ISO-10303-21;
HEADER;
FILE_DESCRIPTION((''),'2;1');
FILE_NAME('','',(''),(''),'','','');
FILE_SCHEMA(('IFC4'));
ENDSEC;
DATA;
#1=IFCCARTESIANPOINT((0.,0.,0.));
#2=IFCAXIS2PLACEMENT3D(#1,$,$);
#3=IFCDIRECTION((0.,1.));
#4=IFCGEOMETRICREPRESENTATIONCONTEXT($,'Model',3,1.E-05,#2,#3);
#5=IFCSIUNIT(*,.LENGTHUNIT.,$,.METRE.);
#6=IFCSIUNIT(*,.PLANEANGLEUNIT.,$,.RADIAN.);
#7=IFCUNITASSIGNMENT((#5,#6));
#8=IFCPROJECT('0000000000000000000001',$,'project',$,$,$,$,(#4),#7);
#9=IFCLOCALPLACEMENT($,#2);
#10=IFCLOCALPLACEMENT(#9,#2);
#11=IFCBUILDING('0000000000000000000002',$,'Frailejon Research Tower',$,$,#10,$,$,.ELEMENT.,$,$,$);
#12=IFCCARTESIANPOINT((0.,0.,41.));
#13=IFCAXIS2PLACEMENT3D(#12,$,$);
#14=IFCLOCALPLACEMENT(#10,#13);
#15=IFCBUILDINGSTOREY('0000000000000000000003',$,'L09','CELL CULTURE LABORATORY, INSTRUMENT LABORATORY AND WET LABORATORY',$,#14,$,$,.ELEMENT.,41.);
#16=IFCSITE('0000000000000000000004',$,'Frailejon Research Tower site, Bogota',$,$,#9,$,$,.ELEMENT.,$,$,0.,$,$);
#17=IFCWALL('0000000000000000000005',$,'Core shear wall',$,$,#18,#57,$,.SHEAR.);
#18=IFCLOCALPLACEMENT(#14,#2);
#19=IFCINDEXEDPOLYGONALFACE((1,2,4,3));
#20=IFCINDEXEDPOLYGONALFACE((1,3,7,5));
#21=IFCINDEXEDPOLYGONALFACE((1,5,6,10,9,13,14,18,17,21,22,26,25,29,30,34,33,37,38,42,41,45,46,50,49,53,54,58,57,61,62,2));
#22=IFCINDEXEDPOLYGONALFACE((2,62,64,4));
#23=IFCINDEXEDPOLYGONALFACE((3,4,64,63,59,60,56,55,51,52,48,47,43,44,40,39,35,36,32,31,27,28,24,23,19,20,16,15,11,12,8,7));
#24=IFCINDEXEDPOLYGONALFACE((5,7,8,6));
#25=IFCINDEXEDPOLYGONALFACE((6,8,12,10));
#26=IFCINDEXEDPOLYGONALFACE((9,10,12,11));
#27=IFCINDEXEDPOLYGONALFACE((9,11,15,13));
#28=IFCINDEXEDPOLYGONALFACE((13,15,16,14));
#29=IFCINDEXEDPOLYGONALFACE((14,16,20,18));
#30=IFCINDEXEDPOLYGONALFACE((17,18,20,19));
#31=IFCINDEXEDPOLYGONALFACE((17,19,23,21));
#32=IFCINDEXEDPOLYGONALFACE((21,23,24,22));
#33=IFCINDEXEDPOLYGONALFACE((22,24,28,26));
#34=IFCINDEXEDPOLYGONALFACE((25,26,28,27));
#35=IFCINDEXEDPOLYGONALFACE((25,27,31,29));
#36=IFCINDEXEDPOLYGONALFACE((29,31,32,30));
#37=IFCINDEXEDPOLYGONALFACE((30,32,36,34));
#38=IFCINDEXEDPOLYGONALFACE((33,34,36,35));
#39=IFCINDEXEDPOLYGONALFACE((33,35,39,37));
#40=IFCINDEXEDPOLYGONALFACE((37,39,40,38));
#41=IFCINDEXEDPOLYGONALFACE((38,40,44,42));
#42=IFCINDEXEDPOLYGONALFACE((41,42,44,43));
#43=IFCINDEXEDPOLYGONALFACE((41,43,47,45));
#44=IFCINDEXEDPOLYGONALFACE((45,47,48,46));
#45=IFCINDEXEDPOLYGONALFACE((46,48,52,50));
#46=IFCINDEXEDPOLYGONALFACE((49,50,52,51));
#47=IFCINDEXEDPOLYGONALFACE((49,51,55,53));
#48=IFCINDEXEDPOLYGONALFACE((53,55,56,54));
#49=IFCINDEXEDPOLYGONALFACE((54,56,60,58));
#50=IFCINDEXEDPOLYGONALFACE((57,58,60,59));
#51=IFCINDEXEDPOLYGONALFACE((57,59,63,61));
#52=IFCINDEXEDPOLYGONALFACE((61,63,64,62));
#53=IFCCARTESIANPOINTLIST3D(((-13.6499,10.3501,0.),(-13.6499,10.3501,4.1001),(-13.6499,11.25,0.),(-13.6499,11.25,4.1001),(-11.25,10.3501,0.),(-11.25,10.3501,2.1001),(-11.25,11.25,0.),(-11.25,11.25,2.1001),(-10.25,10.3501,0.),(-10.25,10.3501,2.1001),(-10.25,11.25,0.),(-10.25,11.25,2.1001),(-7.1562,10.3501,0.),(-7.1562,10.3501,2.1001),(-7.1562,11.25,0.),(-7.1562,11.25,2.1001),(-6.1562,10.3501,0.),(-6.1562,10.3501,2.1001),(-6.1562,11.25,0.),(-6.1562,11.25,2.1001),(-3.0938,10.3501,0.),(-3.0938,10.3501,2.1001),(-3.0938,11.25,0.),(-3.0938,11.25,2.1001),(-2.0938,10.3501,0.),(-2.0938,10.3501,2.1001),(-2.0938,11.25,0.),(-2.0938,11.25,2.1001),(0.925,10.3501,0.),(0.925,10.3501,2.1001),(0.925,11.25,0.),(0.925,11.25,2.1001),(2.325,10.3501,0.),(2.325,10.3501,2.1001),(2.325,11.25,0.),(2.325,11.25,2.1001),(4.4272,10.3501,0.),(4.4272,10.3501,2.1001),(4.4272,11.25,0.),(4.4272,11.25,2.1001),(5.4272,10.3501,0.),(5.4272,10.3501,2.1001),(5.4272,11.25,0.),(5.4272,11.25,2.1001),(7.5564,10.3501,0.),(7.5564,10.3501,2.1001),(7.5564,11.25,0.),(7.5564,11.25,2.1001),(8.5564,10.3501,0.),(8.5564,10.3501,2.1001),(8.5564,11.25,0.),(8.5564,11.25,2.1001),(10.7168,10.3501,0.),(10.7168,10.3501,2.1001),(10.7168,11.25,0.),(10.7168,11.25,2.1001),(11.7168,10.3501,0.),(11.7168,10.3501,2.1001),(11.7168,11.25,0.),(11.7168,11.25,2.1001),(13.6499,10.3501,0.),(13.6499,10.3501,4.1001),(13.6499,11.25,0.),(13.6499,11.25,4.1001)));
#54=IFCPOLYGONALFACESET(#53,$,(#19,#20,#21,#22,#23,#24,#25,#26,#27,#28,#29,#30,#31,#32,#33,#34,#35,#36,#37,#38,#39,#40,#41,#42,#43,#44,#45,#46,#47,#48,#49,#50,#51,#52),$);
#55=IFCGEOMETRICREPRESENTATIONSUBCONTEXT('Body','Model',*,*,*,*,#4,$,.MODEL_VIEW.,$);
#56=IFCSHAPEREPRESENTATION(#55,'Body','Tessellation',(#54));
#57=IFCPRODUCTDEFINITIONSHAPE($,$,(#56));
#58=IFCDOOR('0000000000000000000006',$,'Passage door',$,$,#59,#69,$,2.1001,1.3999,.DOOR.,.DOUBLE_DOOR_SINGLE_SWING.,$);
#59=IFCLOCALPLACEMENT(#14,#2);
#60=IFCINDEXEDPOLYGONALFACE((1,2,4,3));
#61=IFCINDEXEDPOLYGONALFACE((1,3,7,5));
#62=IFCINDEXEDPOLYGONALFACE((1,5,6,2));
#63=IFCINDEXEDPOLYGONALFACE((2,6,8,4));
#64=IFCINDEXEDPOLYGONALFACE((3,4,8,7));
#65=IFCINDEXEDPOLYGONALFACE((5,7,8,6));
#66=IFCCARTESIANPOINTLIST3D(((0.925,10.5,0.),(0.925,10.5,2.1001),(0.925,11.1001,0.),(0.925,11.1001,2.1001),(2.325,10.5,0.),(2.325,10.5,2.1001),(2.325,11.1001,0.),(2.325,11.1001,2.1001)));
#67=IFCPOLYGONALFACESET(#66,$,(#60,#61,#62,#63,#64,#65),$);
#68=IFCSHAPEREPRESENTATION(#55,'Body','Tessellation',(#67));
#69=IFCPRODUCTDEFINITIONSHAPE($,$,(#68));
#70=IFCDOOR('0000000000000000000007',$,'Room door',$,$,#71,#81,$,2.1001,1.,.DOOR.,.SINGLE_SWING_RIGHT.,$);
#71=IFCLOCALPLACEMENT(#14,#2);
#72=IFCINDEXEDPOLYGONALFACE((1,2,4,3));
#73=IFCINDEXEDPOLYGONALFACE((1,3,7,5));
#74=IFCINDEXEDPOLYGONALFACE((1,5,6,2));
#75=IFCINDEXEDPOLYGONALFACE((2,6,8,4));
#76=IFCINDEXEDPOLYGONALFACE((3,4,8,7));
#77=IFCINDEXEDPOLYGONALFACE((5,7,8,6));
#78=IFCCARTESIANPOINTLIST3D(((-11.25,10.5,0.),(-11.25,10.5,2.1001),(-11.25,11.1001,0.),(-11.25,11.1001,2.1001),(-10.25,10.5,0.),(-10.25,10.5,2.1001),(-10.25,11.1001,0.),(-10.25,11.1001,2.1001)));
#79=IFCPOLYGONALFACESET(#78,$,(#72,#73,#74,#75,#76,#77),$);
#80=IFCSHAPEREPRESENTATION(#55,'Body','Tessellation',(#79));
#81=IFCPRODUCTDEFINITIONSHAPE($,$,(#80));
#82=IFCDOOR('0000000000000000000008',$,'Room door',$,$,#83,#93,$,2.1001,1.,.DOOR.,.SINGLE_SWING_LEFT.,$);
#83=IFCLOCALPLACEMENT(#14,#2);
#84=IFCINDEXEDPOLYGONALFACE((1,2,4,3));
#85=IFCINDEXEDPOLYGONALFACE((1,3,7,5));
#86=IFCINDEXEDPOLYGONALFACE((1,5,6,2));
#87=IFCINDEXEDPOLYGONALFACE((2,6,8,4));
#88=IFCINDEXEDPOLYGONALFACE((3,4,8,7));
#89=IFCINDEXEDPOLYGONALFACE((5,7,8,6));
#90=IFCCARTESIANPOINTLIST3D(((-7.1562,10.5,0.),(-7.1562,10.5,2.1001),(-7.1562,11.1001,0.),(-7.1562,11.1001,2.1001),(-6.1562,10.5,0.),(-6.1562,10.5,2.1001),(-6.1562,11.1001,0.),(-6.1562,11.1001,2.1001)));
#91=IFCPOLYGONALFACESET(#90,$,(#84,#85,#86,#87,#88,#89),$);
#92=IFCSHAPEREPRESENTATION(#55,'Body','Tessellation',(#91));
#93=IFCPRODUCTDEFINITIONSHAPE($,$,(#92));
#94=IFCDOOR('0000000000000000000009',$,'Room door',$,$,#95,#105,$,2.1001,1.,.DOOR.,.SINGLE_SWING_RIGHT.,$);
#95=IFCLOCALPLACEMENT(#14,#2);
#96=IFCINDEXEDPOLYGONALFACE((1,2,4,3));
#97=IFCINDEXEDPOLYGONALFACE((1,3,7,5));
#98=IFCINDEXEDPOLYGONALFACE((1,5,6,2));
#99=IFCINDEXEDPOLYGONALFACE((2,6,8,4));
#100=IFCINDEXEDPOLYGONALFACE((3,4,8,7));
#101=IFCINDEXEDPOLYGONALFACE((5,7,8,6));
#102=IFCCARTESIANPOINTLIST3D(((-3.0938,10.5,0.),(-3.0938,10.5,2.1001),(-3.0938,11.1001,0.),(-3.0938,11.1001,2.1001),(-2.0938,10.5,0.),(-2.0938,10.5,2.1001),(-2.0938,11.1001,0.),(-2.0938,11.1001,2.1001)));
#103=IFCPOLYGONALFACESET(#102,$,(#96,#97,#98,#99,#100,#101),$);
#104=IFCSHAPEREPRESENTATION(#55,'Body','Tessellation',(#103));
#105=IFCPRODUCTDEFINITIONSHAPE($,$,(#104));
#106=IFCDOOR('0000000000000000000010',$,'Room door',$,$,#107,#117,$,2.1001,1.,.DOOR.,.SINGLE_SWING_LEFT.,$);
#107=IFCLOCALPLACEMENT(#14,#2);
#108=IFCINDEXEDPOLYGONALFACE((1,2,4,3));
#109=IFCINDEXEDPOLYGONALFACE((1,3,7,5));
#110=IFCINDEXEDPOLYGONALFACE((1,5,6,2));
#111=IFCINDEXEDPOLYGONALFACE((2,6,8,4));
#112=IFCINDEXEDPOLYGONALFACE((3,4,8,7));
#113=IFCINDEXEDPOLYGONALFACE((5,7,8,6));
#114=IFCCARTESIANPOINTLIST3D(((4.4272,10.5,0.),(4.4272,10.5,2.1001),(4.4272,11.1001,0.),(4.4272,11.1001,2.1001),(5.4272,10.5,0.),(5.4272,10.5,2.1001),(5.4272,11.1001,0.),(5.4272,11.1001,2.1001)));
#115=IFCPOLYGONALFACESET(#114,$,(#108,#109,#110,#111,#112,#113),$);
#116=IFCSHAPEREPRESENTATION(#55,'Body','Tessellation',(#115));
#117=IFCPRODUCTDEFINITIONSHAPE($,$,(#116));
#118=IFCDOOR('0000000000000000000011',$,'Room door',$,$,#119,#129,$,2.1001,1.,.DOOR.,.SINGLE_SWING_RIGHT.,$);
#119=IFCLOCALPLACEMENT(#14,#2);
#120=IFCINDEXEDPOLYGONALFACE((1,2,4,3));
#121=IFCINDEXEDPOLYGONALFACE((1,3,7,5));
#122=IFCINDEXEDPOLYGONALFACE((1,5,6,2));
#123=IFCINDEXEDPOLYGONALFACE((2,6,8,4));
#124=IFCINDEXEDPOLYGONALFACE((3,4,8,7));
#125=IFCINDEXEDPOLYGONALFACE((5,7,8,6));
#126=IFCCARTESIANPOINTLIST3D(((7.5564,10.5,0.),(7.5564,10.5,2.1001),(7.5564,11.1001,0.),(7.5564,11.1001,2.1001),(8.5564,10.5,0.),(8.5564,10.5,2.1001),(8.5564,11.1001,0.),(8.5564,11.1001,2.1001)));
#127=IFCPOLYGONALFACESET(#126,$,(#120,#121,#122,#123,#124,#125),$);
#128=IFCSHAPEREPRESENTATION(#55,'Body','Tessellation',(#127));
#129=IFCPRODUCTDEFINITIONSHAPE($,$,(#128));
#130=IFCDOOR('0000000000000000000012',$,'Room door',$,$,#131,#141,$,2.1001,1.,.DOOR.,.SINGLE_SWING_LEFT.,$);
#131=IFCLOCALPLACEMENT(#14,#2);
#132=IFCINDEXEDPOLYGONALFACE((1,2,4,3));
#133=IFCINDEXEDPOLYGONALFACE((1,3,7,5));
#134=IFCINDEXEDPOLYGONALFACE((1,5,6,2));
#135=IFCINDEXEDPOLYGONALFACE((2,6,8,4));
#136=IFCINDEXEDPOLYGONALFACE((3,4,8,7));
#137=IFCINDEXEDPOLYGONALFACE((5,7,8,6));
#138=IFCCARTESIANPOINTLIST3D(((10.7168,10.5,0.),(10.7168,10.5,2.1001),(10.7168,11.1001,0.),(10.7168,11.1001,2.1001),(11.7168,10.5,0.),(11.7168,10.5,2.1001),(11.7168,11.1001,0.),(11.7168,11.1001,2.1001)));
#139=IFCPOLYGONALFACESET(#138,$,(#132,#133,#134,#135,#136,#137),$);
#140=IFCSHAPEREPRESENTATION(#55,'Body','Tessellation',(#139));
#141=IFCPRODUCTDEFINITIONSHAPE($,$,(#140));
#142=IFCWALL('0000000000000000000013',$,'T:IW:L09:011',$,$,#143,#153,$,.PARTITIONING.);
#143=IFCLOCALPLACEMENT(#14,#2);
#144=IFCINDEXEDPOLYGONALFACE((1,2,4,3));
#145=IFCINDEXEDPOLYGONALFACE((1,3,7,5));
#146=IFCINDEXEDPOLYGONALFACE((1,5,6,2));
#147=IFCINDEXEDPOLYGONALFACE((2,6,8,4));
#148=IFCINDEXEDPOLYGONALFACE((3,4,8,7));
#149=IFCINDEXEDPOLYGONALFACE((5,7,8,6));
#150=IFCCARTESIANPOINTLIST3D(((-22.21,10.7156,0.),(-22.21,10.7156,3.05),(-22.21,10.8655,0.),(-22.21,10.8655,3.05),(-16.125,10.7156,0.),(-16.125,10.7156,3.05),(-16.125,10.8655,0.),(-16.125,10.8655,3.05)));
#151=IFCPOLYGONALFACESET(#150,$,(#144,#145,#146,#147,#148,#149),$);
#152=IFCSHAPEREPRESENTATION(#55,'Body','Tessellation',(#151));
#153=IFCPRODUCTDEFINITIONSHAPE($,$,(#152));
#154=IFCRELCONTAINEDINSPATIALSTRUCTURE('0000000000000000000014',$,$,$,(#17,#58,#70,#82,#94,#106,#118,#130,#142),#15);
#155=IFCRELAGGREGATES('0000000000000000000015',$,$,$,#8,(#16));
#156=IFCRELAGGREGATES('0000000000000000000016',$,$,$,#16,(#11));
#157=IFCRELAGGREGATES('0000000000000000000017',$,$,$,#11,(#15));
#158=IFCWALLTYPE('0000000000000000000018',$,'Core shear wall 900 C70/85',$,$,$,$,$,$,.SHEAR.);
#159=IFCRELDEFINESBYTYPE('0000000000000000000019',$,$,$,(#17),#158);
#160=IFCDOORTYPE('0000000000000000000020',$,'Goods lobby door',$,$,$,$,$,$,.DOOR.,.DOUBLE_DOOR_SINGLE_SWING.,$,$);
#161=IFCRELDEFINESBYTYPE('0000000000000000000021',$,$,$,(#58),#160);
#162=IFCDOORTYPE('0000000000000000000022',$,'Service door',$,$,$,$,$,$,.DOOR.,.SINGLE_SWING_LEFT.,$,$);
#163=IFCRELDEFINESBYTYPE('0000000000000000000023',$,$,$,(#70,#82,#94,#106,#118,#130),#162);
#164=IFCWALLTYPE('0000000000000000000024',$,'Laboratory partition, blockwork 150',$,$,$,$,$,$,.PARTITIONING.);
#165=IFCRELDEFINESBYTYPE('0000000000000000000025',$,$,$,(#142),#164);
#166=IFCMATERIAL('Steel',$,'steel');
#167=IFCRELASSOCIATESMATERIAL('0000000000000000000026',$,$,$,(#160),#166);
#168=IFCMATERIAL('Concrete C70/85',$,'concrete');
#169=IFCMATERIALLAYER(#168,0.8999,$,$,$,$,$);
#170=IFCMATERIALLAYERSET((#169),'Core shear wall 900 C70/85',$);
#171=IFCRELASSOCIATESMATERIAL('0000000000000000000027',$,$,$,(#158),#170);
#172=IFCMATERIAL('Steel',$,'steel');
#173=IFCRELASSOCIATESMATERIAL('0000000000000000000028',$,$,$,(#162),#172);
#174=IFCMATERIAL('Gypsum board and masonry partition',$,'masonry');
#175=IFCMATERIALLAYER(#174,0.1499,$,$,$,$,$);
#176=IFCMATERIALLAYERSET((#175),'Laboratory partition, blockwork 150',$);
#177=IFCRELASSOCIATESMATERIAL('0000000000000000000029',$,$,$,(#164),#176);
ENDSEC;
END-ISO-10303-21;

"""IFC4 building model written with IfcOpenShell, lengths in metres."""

from ifc_helpers import new_model, si_unit, direction, frame, frame_2d, origin, place, context, subcontext, project, spatial, rectangle, extrude, material, layer, layer_set, type_object, element, fill, save


model = new_model("IFC4")

# Units and contexts
model_context = context("Model", 3, precision=1e-05, world=origin(), true_north=direction((0.0, 1.0)))
body_context = subcontext(model_context, "Body", "Model", "MODEL_VIEW")
ifc_project = project(units=[si_unit("LENGTHUNIT", "METRE"), si_unit("PLANEANGLEUNIT", "RADIAN")], contexts=[model_context])

# Site, building, storey
site_placement = place(None, origin())
site = spatial("IfcSite", under=ifc_project, at=site_placement, Name="Frailejon Research Tower site, Bogota", CompositionType="ELEMENT", RefElevation=0.0)
building_placement = place(site_placement, origin())
building = spatial("IfcBuilding", under=site, at=building_placement, Name="Frailejon Research Tower", CompositionType="ELEMENT")
storey_placement = place(building_placement, frame((0.0, 0.0, 41.0)))
storey = spatial("IfcBuildingStorey", under=building, at=storey_placement, Name="L09", Description="CELL CULTURE LABORATORY, INSTRUMENT LABORATORY AND WET LABORATORY", CompositionType="ELEMENT", Elevation=41.0)

# Shared definitions
ifc_material_1 = material(Name="Steel", Category="steel")
door_type_1 = type_object("IfcDoorType", Name="Goods lobby door", OperationType="DOUBLE_DOOR_SINGLE_SWING", PredefinedType="DOOR", material=ifc_material_1)

# Wall, openings, doors
ifc_material_2 = material(Name="Concrete C70/85", Category="concrete")
ifc_layer_1 = layer(ifc_material_2, 0.8999)
ifc_layer_set_1 = layer_set([ifc_layer_1], Name="Core shear wall 900 C70/85")
wall_type_1 = type_object("IfcWallType", Name="Core shear wall 900 C70/85", PredefinedType="SHEAR", material=ifc_layer_set_1)
wall_1_placement = place(storey_placement, frame((-13.6499, 10.8, 0.0), z_axis=(0.0, 0.0, 1.0), x_axis=(1.0, 0.0, 0.0)))
wall_1 = element("IfcWall", 1, at=wall_1_placement, inside=storey, type_object=wall_type_1, Name="Core shear wall", PredefinedType="SHEAR", context=body_context, shape_type="SweptSolid", body=[
    extrude(rectangle(XDim=27.2998, YDim=0.8999, at=frame_2d((13.6499, 0.0))), origin(), (0.0, 0.0, 1.0), 4.1001),
])
opening_1_placement = place(wall_1_placement, frame((2.3999, 0.0, 0.0)))
opening_1 = element("IfcOpeningElement", 2, at=opening_1_placement, cuts=wall_1, PredefinedType="OPENING", context=body_context, shape_type="SweptSolid", body=[
    extrude(rectangle(XDim=1.0, YDim=2.1001, at=frame_2d((0.5, 1.05))), frame((0.0, 0.46, 0.0), z_axis=(0.0, -1.0, 0.0), x_axis=(1.0, 0.0, 0.0)), (0.0, 0.0, 1.0), 0.9199),
])
opening_2_placement = place(wall_1_placement, frame((6.4937, 0.0, 0.0)))
opening_2 = element("IfcOpeningElement", 3, at=opening_2_placement, cuts=wall_1, PredefinedType="OPENING", context=body_context, shape_type="SweptSolid", body=[
    extrude(rectangle(XDim=1.0, YDim=2.1001, at=frame_2d((0.5, 1.05))), frame((0.0, 0.46, 0.0), z_axis=(0.0, -1.0, 0.0), x_axis=(1.0, 0.0, 0.0)), (0.0, 0.0, 1.0), 0.9199),
])
opening_3_placement = place(wall_1_placement, frame((10.5562, 0.0, 0.0)))
opening_3 = element("IfcOpeningElement", 4, at=opening_3_placement, cuts=wall_1, PredefinedType="OPENING", context=body_context, shape_type="SweptSolid", body=[
    extrude(rectangle(XDim=1.0, YDim=2.1001, at=frame_2d((0.5, 1.05))), frame((0.0, 0.46, 0.0), z_axis=(0.0, -1.0, 0.0), x_axis=(1.0, 0.0, 0.0)), (0.0, 0.0, 1.0), 0.9199),
])
opening_4_placement = place(wall_1_placement, frame((18.0771, 0.0, 0.0)))
opening_4 = element("IfcOpeningElement", 5, at=opening_4_placement, cuts=wall_1, PredefinedType="OPENING", context=body_context, shape_type="SweptSolid", body=[
    extrude(rectangle(XDim=1.0, YDim=2.1001, at=frame_2d((0.5, 1.05))), frame((0.0, 0.46, 0.0), z_axis=(0.0, -1.0, 0.0), x_axis=(1.0, 0.0, 0.0)), (0.0, 0.0, 1.0), 0.9199),
])
opening_5_placement = place(wall_1_placement, frame((21.2063, 0.0, 0.0)))
opening_5 = element("IfcOpeningElement", 6, at=opening_5_placement, cuts=wall_1, PredefinedType="OPENING", context=body_context, shape_type="SweptSolid", body=[
    extrude(rectangle(XDim=1.0, YDim=2.1001, at=frame_2d((0.5, 1.05))), frame((0.0, 0.46, 0.0), z_axis=(0.0, -1.0, 0.0), x_axis=(1.0, 0.0, 0.0)), (0.0, 0.0, 1.0), 0.9199),
])
opening_6_placement = place(wall_1_placement, frame((24.3667, 0.0, 0.0)))
opening_6 = element("IfcOpeningElement", 7, at=opening_6_placement, cuts=wall_1, PredefinedType="OPENING", context=body_context, shape_type="SweptSolid", body=[
    extrude(rectangle(XDim=1.0, YDim=2.1001, at=frame_2d((0.5, 1.05))), frame((0.0, 0.46, 0.0), z_axis=(0.0, -1.0, 0.0), x_axis=(1.0, 0.0, 0.0)), (0.0, 0.0, 1.0), 0.9199),
])
opening_7_placement = place(wall_1_placement, frame((14.575, 0.0, 0.0)))
opening_7 = element("IfcOpeningElement", 8, at=opening_7_placement, cuts=wall_1, PredefinedType="OPENING", context=body_context, shape_type="SweptSolid", body=[
    extrude(rectangle(XDim=1.3999, YDim=2.1001, at=frame_2d((0.7, 1.05))), frame((0.0, 0.46, 0.0), z_axis=(0.0, -1.0, 0.0), x_axis=(1.0, 0.0, 0.0)), (0.0, 0.0, 1.0), 0.9199),
])
door_1_placement = place(opening_7_placement, origin())
door_1 = element("IfcDoor", 9, at=door_1_placement, inside=storey, type_object=door_type_1, Name="Passage door", OperationType="DOUBLE_DOOR_SINGLE_SWING", OverallHeight=2.1001, OverallWidth=1.3999, PredefinedType="DOOR", context=body_context, shape_type="SweptSolid", body=[
    extrude(rectangle(XDim=1.3999, YDim=2.1001, at=frame_2d((0.7, 1.05))), frame((0.0, 0.3, 0.0), z_axis=(0.0, -1.0, 0.0), x_axis=(1.0, 0.0, 0.0)), (0.0, 0.0, 1.0), 0.6001),
])
fill(opening_7, door_1)
ifc_material_3 = material(Name="Steel", Category="steel")
door_type_2 = type_object("IfcDoorType", Name="Service door", OperationType="SINGLE_SWING_LEFT", PredefinedType="DOOR", material=ifc_material_3)
door_2_placement = place(opening_1_placement, origin())
door_2 = element("IfcDoor", 10, at=door_2_placement, inside=storey, type_object=door_type_2, Name="Room door", OperationType="SINGLE_SWING_RIGHT", OverallHeight=2.1001, OverallWidth=1.0, PredefinedType="DOOR", context=body_context, shape_type="SweptSolid", body=[
    extrude(rectangle(XDim=1.0, YDim=2.1001, at=frame_2d((0.5, 1.05))), frame((0.0, 0.3, 0.0), z_axis=(0.0, -1.0, 0.0), x_axis=(1.0, 0.0, 0.0)), (0.0, 0.0, 1.0), 0.6001),
])
fill(opening_1, door_2)
door_3_placement = place(opening_2_placement, origin())
door_3 = element("IfcDoor", 11, at=door_3_placement, inside=storey, type_object=door_type_2, Name="Room door", OperationType="SINGLE_SWING_LEFT", OverallHeight=2.1001, OverallWidth=1.0, PredefinedType="DOOR", context=body_context, shape_type="SweptSolid", body=[
    extrude(rectangle(XDim=1.0, YDim=2.1001, at=frame_2d((0.5, 1.05))), frame((0.0, 0.3, 0.0), z_axis=(0.0, -1.0, 0.0), x_axis=(1.0, 0.0, 0.0)), (0.0, 0.0, 1.0), 0.6001),
])
fill(opening_2, door_3)
door_4_placement = place(opening_3_placement, origin())
door_4 = element("IfcDoor", 12, at=door_4_placement, inside=storey, type_object=door_type_2, Name="Room door", OperationType="SINGLE_SWING_RIGHT", OverallHeight=2.1001, OverallWidth=1.0, PredefinedType="DOOR", context=body_context, shape_type="SweptSolid", body=[
    extrude(rectangle(XDim=1.0, YDim=2.1001, at=frame_2d((0.5, 1.05))), frame((0.0, 0.3, 0.0), z_axis=(0.0, -1.0, 0.0), x_axis=(1.0, 0.0, 0.0)), (0.0, 0.0, 1.0), 0.6001),
])
fill(opening_3, door_4)
door_5_placement = place(opening_4_placement, origin())
door_5 = element("IfcDoor", 13, at=door_5_placement, inside=storey, type_object=door_type_2, Name="Room door", OperationType="SINGLE_SWING_LEFT", OverallHeight=2.1001, OverallWidth=1.0, PredefinedType="DOOR", context=body_context, shape_type="SweptSolid", body=[
    extrude(rectangle(XDim=1.0, YDim=2.1001, at=frame_2d((0.5, 1.05))), frame((0.0, 0.3, 0.0), z_axis=(0.0, -1.0, 0.0), x_axis=(1.0, 0.0, 0.0)), (0.0, 0.0, 1.0), 0.6001),
])
fill(opening_4, door_5)
door_6_placement = place(opening_5_placement, origin())
door_6 = element("IfcDoor", 14, at=door_6_placement, inside=storey, type_object=door_type_2, Name="Room door", OperationType="SINGLE_SWING_RIGHT", OverallHeight=2.1001, OverallWidth=1.0, PredefinedType="DOOR", context=body_context, shape_type="SweptSolid", body=[
    extrude(rectangle(XDim=1.0, YDim=2.1001, at=frame_2d((0.5, 1.05))), frame((0.0, 0.3, 0.0), z_axis=(0.0, -1.0, 0.0), x_axis=(1.0, 0.0, 0.0)), (0.0, 0.0, 1.0), 0.6001),
])
fill(opening_5, door_6)
door_7_placement = place(opening_6_placement, origin())
door_7 = element("IfcDoor", 15, at=door_7_placement, inside=storey, type_object=door_type_2, Name="Room door", OperationType="SINGLE_SWING_LEFT", OverallHeight=2.1001, OverallWidth=1.0, PredefinedType="DOOR", context=body_context, shape_type="SweptSolid", body=[
    extrude(rectangle(XDim=1.0, YDim=2.1001, at=frame_2d((0.5, 1.05))), frame((0.0, 0.3, 0.0), z_axis=(0.0, -1.0, 0.0), x_axis=(1.0, 0.0, 0.0)), (0.0, 0.0, 1.0), 0.6001),
])
fill(opening_6, door_7)

# Wall
ifc_material_4 = material(Name="Gypsum board and masonry partition", Category="masonry")
ifc_layer_2 = layer(ifc_material_4, 0.1499)
ifc_layer_set_2 = layer_set([ifc_layer_2], Name="Laboratory partition, blockwork 150")
wall_type_2 = type_object("IfcWallType", Name="Laboratory partition, blockwork 150", PredefinedType="PARTITIONING", material=ifc_layer_set_2)
wall_2_placement = place(storey_placement, frame((-22.21, 10.7905, 0.0), z_axis=(0.0, 0.0, 1.0), x_axis=(1.0, 0.0, 0.0)))
element("IfcWall", 16, at=wall_2_placement, inside=storey, type_object=wall_type_2, Name="T:IW:L09:011", PredefinedType="PARTITIONING", context=body_context, shape_type="SweptSolid", body=[
    extrude(rectangle(XDim=6.085, YDim=0.1499, at=frame_2d((3.0425, 0.0))), origin(), (0.0, 0.0, 1.0), 3.05),
])

save(model, "model.ifc")
